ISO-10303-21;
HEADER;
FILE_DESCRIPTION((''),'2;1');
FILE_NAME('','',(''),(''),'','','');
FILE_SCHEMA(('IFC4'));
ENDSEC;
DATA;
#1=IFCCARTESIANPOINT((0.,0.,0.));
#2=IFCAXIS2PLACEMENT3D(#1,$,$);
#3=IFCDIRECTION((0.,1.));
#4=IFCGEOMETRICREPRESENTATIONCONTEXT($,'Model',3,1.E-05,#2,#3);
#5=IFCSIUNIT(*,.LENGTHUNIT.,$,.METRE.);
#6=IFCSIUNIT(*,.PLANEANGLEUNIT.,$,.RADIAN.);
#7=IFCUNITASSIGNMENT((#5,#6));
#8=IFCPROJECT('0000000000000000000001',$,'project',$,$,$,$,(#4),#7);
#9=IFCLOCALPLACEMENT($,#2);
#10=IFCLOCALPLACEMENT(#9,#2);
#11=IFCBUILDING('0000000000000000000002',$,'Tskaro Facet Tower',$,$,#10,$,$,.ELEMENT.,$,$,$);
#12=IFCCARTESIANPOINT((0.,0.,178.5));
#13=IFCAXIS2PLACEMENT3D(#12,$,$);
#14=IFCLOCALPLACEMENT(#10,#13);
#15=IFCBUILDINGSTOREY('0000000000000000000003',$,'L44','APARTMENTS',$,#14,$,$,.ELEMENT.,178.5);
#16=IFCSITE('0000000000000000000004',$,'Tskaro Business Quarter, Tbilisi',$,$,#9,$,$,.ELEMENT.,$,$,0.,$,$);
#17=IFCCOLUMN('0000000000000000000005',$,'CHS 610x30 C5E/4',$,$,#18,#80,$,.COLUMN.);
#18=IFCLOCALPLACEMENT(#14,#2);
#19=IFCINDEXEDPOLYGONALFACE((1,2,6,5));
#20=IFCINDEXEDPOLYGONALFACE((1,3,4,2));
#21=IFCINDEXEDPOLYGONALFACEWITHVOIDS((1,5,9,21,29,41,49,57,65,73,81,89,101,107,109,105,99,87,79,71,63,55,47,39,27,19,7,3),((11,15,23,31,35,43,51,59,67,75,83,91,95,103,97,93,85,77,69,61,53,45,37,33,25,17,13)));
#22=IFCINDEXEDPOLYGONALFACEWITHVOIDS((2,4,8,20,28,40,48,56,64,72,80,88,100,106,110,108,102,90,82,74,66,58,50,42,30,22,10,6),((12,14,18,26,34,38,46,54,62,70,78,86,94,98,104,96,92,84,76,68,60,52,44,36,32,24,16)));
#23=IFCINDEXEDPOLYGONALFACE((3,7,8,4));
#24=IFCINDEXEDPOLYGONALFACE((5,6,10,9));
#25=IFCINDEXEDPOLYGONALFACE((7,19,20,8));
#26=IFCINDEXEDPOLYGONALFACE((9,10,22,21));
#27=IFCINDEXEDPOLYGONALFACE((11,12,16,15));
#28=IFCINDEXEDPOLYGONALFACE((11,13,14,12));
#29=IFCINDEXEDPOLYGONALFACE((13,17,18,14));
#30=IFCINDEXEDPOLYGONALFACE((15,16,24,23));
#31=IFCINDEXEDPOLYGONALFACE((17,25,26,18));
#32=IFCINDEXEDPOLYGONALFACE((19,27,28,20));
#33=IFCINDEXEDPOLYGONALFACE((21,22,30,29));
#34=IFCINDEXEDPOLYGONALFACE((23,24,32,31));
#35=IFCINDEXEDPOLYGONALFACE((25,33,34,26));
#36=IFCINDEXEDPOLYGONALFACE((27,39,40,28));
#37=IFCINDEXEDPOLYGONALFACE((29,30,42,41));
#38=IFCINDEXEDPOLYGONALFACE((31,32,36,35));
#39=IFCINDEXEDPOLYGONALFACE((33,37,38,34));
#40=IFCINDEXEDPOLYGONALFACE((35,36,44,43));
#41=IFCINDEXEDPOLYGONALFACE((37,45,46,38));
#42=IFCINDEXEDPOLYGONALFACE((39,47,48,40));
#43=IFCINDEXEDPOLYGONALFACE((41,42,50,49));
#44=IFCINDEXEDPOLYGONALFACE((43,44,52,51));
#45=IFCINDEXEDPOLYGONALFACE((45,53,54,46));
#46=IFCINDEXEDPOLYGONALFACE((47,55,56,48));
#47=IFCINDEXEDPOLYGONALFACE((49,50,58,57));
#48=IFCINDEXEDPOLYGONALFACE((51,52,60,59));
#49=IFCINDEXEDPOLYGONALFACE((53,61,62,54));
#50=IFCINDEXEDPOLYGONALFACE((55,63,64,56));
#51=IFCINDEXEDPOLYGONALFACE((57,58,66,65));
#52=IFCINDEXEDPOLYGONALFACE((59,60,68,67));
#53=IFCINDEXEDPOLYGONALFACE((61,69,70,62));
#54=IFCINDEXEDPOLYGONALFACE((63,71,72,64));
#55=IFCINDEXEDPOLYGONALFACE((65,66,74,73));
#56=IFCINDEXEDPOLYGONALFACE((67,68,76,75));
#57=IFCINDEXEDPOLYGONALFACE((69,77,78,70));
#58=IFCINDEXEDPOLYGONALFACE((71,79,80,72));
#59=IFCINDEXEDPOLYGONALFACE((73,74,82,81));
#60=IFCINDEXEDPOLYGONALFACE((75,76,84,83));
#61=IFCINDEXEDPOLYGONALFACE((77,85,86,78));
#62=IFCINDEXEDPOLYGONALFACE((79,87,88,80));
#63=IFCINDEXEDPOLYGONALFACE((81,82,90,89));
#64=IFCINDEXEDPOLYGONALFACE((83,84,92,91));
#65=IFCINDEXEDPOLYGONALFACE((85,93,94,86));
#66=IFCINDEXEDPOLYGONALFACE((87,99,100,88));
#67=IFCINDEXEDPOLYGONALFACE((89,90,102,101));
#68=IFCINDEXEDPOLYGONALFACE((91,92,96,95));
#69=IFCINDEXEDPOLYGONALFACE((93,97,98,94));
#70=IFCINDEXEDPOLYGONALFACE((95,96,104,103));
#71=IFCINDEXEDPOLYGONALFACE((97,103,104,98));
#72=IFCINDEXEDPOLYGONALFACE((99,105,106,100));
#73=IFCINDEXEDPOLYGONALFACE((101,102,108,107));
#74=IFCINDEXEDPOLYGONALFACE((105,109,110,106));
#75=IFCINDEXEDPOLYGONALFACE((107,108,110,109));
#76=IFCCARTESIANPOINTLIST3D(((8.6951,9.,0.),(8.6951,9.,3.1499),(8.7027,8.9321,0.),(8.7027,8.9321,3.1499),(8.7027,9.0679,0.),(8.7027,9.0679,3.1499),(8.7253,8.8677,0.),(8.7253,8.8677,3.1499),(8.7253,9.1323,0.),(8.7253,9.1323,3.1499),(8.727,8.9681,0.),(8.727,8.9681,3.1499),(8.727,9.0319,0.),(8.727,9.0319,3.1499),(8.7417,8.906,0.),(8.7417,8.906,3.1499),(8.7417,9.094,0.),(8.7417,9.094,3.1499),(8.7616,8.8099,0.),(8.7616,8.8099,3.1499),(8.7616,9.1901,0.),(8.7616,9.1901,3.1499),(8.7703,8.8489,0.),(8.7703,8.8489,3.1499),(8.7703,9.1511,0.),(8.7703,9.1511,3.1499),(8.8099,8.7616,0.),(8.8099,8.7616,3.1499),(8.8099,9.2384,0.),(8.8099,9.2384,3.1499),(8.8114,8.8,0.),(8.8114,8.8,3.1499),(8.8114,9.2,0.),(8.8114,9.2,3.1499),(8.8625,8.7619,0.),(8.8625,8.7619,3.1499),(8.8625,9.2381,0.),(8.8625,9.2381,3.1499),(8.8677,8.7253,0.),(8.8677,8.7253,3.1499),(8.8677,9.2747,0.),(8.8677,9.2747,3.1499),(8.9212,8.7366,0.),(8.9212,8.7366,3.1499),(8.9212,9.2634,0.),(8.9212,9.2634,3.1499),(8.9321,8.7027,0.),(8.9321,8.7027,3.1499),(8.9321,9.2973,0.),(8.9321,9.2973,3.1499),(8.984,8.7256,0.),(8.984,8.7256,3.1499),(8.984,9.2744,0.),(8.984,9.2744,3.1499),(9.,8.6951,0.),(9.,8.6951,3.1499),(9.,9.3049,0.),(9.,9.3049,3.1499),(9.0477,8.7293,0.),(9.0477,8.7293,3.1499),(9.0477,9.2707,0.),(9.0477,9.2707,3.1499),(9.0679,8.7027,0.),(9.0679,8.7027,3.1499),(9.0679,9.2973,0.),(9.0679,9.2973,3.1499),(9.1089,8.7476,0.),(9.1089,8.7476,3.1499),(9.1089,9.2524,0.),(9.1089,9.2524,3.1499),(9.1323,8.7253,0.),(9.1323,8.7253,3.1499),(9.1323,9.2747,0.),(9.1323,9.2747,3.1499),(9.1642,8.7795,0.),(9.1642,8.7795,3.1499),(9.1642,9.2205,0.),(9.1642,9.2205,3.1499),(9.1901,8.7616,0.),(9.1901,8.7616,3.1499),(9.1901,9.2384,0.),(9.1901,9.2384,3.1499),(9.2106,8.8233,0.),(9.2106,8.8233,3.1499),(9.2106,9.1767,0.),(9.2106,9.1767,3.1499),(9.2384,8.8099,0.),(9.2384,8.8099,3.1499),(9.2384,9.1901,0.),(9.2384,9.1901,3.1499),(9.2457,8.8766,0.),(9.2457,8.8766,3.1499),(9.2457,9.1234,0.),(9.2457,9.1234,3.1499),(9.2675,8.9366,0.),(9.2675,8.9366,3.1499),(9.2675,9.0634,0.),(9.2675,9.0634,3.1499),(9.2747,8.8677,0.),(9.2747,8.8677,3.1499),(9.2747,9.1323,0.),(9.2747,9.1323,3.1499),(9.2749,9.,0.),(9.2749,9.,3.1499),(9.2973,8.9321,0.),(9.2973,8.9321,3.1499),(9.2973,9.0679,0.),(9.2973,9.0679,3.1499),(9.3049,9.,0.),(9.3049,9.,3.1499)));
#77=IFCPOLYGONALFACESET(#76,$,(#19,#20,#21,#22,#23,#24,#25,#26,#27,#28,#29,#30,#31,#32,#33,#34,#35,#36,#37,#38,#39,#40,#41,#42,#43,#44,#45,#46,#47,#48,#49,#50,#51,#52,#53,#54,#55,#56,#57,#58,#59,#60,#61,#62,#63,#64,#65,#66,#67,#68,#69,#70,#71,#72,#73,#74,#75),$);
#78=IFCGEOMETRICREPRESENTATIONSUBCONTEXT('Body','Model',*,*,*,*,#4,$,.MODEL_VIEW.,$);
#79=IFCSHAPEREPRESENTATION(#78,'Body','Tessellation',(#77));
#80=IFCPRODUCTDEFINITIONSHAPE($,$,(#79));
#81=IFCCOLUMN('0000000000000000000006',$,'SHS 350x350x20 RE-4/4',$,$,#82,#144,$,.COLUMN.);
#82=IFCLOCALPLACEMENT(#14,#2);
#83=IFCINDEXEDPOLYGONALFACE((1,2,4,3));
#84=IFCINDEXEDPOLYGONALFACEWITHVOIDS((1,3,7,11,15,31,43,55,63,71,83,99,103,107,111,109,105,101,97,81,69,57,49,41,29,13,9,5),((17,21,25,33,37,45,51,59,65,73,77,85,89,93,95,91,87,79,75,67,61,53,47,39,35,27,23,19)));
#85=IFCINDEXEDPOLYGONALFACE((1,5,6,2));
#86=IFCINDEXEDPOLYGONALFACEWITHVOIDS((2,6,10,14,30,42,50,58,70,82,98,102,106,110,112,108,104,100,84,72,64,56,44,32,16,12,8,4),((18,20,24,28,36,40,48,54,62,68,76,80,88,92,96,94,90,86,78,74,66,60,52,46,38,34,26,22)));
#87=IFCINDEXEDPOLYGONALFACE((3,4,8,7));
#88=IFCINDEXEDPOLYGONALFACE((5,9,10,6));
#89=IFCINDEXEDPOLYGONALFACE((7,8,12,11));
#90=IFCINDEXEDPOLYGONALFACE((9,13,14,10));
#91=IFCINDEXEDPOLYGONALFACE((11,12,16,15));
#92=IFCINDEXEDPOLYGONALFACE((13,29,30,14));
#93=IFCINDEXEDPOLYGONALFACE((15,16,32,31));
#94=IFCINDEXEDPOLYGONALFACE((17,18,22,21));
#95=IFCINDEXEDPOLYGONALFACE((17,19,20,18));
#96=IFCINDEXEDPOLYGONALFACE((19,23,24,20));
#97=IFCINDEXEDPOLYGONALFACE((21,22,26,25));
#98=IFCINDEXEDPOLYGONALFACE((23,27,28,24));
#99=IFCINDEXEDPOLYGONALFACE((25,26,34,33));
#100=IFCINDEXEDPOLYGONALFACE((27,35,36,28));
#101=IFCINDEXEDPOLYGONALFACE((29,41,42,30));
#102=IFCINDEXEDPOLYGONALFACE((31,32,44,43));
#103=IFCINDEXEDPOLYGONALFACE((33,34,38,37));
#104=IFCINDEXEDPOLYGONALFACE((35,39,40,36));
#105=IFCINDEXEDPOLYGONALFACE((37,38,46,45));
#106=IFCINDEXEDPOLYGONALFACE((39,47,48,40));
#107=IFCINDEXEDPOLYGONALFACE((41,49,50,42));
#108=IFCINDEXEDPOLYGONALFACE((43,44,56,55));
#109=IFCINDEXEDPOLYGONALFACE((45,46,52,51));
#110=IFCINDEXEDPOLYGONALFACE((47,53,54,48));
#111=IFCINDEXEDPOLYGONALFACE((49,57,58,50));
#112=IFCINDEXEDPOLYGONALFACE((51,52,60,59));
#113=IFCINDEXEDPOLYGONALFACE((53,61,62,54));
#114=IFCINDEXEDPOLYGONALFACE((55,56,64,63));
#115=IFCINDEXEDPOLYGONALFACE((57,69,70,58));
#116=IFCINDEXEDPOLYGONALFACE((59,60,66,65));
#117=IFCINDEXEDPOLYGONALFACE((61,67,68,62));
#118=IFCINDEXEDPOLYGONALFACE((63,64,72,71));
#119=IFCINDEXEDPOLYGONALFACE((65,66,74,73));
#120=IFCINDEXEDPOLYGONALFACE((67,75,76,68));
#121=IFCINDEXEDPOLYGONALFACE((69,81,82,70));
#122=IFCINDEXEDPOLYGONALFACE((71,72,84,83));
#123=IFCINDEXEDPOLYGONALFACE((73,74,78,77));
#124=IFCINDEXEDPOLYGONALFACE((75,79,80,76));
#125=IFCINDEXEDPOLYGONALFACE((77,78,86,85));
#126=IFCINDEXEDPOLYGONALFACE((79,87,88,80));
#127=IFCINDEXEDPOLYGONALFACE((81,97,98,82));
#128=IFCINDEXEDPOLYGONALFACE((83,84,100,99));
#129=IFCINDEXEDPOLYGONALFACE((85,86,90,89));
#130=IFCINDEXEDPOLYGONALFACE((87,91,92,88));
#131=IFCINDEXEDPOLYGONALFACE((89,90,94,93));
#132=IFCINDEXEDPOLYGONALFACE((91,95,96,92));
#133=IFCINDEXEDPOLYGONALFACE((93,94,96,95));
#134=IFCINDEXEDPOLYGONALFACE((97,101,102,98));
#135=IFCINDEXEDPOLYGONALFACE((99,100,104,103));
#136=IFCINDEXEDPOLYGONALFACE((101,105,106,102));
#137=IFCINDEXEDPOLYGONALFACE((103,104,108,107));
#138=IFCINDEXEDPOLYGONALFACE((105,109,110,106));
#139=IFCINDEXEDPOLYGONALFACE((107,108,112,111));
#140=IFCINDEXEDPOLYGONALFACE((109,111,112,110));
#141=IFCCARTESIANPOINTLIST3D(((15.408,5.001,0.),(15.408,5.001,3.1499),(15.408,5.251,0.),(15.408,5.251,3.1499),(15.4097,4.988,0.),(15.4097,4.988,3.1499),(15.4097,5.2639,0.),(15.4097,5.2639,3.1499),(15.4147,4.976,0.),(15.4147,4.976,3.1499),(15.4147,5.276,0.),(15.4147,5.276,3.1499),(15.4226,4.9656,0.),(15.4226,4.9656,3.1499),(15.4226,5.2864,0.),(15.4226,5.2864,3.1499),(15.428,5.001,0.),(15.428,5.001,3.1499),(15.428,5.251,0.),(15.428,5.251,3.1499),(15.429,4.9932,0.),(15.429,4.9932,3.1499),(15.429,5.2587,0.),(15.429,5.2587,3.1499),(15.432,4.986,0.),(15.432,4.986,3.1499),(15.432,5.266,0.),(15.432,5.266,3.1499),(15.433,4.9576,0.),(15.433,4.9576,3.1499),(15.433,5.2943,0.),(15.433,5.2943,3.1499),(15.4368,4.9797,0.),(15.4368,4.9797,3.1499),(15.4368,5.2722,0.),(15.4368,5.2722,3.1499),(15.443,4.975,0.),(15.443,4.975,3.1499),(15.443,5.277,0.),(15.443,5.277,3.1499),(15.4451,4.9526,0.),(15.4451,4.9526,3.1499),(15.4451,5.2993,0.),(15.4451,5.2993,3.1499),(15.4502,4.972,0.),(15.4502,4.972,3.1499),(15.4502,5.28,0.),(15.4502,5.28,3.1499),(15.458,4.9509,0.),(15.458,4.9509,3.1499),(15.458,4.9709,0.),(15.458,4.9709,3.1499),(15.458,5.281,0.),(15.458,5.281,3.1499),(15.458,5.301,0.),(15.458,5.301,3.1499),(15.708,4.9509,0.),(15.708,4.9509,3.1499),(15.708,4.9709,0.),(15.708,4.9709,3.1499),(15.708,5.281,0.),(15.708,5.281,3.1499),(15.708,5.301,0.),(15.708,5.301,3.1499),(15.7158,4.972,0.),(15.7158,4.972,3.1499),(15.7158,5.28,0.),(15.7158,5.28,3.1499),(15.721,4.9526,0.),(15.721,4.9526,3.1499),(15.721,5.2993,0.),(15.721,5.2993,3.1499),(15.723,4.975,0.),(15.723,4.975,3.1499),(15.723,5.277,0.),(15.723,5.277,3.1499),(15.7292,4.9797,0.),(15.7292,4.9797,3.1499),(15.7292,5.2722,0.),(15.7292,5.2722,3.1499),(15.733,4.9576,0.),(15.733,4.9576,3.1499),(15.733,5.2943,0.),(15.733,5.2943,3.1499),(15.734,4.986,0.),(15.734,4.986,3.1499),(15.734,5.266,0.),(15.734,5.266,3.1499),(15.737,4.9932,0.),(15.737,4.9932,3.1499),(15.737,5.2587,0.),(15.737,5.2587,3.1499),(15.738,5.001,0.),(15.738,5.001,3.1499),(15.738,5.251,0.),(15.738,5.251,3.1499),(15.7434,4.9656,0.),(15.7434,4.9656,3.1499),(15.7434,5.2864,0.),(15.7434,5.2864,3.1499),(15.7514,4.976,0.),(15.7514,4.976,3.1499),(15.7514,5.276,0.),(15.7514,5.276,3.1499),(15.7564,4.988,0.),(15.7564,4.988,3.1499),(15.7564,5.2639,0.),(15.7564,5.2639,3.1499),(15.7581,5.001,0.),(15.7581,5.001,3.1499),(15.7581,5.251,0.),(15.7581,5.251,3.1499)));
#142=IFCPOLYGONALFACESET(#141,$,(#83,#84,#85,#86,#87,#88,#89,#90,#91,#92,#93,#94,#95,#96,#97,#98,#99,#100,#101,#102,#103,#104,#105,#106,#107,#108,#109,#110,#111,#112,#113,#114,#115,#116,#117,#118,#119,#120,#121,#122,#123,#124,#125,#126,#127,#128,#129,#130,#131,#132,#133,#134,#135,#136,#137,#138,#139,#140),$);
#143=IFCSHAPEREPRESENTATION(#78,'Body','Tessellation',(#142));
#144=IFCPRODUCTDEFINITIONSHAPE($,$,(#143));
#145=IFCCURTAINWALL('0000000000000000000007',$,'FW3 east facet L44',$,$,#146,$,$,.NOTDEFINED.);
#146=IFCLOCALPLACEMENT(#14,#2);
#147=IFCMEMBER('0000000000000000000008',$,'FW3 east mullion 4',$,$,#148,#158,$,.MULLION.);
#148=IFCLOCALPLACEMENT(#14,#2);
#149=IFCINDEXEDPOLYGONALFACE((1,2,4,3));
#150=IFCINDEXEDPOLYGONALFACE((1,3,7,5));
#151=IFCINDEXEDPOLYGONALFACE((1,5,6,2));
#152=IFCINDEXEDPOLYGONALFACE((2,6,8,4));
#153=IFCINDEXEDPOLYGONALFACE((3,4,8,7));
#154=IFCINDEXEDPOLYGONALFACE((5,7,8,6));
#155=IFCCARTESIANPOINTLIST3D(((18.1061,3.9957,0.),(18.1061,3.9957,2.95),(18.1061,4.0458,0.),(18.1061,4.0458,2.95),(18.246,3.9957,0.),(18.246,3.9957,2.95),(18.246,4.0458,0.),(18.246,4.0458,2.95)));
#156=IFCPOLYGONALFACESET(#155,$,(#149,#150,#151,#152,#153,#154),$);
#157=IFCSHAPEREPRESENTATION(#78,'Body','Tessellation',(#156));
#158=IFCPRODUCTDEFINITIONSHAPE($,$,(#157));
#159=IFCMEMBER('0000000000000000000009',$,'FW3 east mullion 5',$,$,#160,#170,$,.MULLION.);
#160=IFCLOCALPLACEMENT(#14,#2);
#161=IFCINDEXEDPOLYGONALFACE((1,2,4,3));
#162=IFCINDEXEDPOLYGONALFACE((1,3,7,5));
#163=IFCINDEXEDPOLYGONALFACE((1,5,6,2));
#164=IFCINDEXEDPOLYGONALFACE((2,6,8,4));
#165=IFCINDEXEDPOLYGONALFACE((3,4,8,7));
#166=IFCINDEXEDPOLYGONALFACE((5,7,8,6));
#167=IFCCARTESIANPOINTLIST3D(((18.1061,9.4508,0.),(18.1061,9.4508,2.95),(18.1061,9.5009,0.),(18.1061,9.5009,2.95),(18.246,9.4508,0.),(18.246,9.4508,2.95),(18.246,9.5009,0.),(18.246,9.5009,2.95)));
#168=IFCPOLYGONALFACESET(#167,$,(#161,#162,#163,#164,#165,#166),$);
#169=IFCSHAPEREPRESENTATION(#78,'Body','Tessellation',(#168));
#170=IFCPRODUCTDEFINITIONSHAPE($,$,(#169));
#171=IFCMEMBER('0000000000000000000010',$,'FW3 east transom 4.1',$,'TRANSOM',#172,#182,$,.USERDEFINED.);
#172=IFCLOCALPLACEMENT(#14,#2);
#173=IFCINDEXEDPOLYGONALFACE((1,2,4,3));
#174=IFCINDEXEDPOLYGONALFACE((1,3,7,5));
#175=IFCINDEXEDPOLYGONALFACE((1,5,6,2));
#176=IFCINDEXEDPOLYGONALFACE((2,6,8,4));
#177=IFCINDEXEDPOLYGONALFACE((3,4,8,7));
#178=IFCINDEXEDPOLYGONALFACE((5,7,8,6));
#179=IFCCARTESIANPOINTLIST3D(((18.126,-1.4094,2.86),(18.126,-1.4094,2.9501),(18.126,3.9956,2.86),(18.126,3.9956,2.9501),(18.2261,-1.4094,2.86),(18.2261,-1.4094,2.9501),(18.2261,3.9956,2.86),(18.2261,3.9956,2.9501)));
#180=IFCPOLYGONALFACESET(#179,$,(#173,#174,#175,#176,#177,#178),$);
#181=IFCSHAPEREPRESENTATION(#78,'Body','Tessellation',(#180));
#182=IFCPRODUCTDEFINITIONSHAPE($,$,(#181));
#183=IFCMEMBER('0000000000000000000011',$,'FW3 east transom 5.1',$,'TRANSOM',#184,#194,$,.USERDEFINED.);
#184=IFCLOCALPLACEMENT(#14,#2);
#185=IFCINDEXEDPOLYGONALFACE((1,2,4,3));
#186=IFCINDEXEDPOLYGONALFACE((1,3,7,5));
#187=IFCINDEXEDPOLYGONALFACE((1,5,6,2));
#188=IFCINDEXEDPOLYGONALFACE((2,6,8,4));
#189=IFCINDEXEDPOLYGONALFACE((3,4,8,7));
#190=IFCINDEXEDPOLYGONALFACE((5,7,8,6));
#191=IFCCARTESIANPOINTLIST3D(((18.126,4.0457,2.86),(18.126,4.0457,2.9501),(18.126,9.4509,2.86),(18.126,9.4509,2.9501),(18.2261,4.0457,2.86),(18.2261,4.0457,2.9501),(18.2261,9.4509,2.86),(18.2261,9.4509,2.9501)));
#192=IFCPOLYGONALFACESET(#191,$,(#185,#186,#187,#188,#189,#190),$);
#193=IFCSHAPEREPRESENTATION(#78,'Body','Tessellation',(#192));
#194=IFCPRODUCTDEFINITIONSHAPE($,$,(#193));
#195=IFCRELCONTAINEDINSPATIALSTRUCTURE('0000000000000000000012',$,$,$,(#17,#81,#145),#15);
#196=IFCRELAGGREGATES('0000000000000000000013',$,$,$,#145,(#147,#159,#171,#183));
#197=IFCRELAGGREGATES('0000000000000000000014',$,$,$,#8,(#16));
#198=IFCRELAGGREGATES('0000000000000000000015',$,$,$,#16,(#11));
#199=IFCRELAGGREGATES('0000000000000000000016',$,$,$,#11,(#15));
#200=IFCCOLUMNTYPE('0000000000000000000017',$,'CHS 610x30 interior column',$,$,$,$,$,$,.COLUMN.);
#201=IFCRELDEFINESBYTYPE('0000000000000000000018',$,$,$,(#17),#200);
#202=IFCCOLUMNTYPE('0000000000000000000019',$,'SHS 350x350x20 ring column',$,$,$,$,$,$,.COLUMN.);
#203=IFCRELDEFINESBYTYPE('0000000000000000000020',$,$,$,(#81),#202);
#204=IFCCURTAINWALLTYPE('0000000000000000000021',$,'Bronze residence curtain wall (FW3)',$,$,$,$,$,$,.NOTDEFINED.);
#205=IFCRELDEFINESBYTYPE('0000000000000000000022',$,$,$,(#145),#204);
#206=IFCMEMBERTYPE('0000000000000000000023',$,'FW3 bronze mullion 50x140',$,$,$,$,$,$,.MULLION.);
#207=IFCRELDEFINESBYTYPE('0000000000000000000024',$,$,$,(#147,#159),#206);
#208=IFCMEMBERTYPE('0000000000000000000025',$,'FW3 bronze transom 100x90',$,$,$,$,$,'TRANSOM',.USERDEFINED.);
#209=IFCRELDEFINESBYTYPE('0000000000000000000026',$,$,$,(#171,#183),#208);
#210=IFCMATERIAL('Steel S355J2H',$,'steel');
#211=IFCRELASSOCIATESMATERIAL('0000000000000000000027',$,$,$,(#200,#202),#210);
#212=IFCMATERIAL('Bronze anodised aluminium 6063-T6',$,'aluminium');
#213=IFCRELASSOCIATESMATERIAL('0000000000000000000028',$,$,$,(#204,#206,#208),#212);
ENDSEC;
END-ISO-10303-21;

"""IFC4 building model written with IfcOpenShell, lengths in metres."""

from ifc_helpers import new_model, si_unit, direction, frame, origin, origin_2d, place, context, subcontext, project, spatial, rectangle, hollow_rectangle, hollow_circle, extrude, material, material_profile, profile_set, type_object, element, aggregate, save


model = new_model("IFC4")

# Units and contexts
model_context = context("Model", 3, precision=1e-05, world=origin(), true_north=direction((0.0, 1.0)))
body_context = subcontext(model_context, "Body", "Model", "MODEL_VIEW")
ifc_project = project(units=[si_unit("LENGTHUNIT", "METRE"), si_unit("PLANEANGLEUNIT", "RADIAN")], contexts=[model_context])

# Site, building, storey
site_placement = place(None, origin())
site = spatial("IfcSite", under=ifc_project, at=site_placement, Name="Tskaro Business Quarter, Tbilisi", CompositionType="ELEMENT", RefElevation=0.0)
building_placement = place(site_placement, origin())
building = spatial("IfcBuilding", under=site, at=building_placement, Name="Tskaro Facet Tower", CompositionType="ELEMENT")
storey_placement = place(building_placement, frame((0.0, 0.0, 178.5)))
storey = spatial("IfcBuildingStorey", under=building, at=storey_placement, Name="L44", Description="APARTMENTS", CompositionType="ELEMENT", Elevation=178.5)

# Columns
ifc_material_1 = material(Name="Steel S355J2H", Category="steel")
ifc_material_profile_1 = material_profile(ifc_material_1, hollow_circle(Radius=0.3049, WallThickness=0.03, at=origin_2d()), Name="CHS 610x30")
ifc_profile_set_1 = profile_set([ifc_material_profile_1], Name="Steel S355J2H")
column_type_1 = type_object("IfcColumnType", Name="CHS 610x30 interior column", PredefinedType="COLUMN", material=ifc_profile_set_1)
column_1_placement = place(storey_placement, frame((9.0, 9.0, 0.0), z_axis=(0.0, 0.0, 1.0), x_axis=(1.0, 0.0, 0.0)))
element("IfcColumn", 1, at=column_1_placement, inside=storey, type_object=column_type_1, Name="CHS 610x30 C5E/4", PredefinedType="COLUMN", context=body_context, shape_type="SweptSolid", body=[
    extrude(hollow_circle(Radius=0.3049, WallThickness=0.03, at=origin_2d()), origin(), (0.0, 0.0, 1.0), 3.1499),
])
ifc_material_profile_2 = material_profile(ifc_material_1, hollow_rectangle(XDim=0.3501, YDim=0.3501, WallThickness=0.02, InnerFilletRadius=0.03, OuterFilletRadius=0.05, at=origin_2d()), Name="SHS 350x350x20")
ifc_profile_set_2 = profile_set([ifc_material_profile_2], Name="Steel S355J2H")
column_type_2 = type_object("IfcColumnType", Name="SHS 350x350x20 ring column", PredefinedType="COLUMN", material=ifc_profile_set_2)
column_2_placement = place(storey_placement, frame((15.583, 5.126, 0.0), z_axis=(0.0, 0.0, 1.0), x_axis=(1.0, 0.0, 0.0)))
element("IfcColumn", 2, at=column_2_placement, inside=storey, type_object=column_type_2, Name="SHS 350x350x20 RE-4/4", PredefinedType="COLUMN", context=body_context, shape_type="SweptSolid", body=[
    extrude(hollow_rectangle(XDim=0.3501, YDim=0.3501, WallThickness=0.02, InnerFilletRadius=0.03, OuterFilletRadius=0.05, at=origin_2d()), origin(), (0.0, 0.0, 1.0), 3.1499),
])

# Curtain wall, members
ifc_material_2 = material(Name="Bronze anodised aluminium 6063-T6", Category="aluminium")
curtain_wall_type = type_object("IfcCurtainWallType", Name="Bronze residence curtain wall (FW3)", PredefinedType="NOTDEFINED", material=ifc_material_2)
curtain_wall_placement = place(storey_placement, origin())
curtain_wall = element("IfcCurtainWall", 3, at=curtain_wall_placement, inside=storey, type_object=curtain_wall_type, Name="FW3 east facet L44", PredefinedType="NOTDEFINED")
ifc_material_profile_3 = material_profile(ifc_material_2, rectangle(XDim=0.05, YDim=0.1399, at=origin_2d()), Name="Mullion 50x140")
ifc_profile_set_3 = profile_set([ifc_material_profile_3], Name="Bronze anodised aluminium 6063-T6")
member_type_1 = type_object("IfcMemberType", Name="FW3 bronze mullion 50x140", PredefinedType="MULLION", material=ifc_profile_set_3)
member_1_placement = place(storey_placement, frame((18.176, 4.0208, 0.0), z_axis=(0.0, 0.0, 1.0), x_axis=(0.0, 1.0, 0.0)))
member_1 = element("IfcMember", 4, at=member_1_placement, type_object=member_type_1, Name="FW3 east mullion 4", PredefinedType="MULLION", context=body_context, shape_type="SweptSolid", body=[
    extrude(rectangle(XDim=0.05, YDim=0.1399, at=origin_2d()), origin(), (0.0, 0.0, 1.0), 2.95),
])
member_2_placement = place(storey_placement, frame((18.176, 9.4758, 0.0), z_axis=(0.0, 0.0, 1.0), x_axis=(0.0, 1.0, 0.0)))
member_2 = element("IfcMember", 5, at=member_2_placement, type_object=member_type_1, Name="FW3 east mullion 5", PredefinedType="MULLION", context=body_context, shape_type="SweptSolid", body=[
    extrude(rectangle(XDim=0.05, YDim=0.1399, at=origin_2d()), origin(), (0.0, 0.0, 1.0), 2.95),
])
ifc_material_profile_4 = material_profile(ifc_material_2, rectangle(XDim=0.1001, YDim=0.0901, at=origin_2d()), Name="Transom 100x90")
ifc_profile_set_4 = profile_set([ifc_material_profile_4], Name="Bronze anodised aluminium 6063-T6")
member_type_2 = type_object("IfcMemberType", Name="FW3 bronze transom 100x90", ElementType="TRANSOM", PredefinedType="USERDEFINED", material=ifc_profile_set_4)
member_3_placement = place(storey_placement, frame((18.176, -1.4094, 2.905), z_axis=(0.0, 1.0, 0.0), x_axis=(-1.0, 0.0, 0.0)))
member_3 = element("IfcMember", 6, at=member_3_placement, type_object=member_type_2, Name="FW3 east transom 4.1", ObjectType="TRANSOM", PredefinedType="USERDEFINED", context=body_context, shape_type="SweptSolid", body=[
    extrude(rectangle(XDim=0.1001, YDim=0.0901, at=origin_2d()), origin(), (0.0, 0.0, 1.0), 5.405),
])
member_4_placement = place(storey_placement, frame((18.176, 4.0457, 2.905), z_axis=(0.0, 1.0, 0.0), x_axis=(-1.0, 0.0, 0.0)))
member_4 = element("IfcMember", 7, at=member_4_placement, type_object=member_type_2, Name="FW3 east transom 5.1", ObjectType="TRANSOM", PredefinedType="USERDEFINED", context=body_context, shape_type="SweptSolid", body=[
    extrude(rectangle(XDim=0.1001, YDim=0.0901, at=origin_2d()), origin(), (0.0, 0.0, 1.0), 5.4053),
])

aggregate(curtain_wall, [member_1, member_2, member_3, member_4])

save(model, "model.ifc")
